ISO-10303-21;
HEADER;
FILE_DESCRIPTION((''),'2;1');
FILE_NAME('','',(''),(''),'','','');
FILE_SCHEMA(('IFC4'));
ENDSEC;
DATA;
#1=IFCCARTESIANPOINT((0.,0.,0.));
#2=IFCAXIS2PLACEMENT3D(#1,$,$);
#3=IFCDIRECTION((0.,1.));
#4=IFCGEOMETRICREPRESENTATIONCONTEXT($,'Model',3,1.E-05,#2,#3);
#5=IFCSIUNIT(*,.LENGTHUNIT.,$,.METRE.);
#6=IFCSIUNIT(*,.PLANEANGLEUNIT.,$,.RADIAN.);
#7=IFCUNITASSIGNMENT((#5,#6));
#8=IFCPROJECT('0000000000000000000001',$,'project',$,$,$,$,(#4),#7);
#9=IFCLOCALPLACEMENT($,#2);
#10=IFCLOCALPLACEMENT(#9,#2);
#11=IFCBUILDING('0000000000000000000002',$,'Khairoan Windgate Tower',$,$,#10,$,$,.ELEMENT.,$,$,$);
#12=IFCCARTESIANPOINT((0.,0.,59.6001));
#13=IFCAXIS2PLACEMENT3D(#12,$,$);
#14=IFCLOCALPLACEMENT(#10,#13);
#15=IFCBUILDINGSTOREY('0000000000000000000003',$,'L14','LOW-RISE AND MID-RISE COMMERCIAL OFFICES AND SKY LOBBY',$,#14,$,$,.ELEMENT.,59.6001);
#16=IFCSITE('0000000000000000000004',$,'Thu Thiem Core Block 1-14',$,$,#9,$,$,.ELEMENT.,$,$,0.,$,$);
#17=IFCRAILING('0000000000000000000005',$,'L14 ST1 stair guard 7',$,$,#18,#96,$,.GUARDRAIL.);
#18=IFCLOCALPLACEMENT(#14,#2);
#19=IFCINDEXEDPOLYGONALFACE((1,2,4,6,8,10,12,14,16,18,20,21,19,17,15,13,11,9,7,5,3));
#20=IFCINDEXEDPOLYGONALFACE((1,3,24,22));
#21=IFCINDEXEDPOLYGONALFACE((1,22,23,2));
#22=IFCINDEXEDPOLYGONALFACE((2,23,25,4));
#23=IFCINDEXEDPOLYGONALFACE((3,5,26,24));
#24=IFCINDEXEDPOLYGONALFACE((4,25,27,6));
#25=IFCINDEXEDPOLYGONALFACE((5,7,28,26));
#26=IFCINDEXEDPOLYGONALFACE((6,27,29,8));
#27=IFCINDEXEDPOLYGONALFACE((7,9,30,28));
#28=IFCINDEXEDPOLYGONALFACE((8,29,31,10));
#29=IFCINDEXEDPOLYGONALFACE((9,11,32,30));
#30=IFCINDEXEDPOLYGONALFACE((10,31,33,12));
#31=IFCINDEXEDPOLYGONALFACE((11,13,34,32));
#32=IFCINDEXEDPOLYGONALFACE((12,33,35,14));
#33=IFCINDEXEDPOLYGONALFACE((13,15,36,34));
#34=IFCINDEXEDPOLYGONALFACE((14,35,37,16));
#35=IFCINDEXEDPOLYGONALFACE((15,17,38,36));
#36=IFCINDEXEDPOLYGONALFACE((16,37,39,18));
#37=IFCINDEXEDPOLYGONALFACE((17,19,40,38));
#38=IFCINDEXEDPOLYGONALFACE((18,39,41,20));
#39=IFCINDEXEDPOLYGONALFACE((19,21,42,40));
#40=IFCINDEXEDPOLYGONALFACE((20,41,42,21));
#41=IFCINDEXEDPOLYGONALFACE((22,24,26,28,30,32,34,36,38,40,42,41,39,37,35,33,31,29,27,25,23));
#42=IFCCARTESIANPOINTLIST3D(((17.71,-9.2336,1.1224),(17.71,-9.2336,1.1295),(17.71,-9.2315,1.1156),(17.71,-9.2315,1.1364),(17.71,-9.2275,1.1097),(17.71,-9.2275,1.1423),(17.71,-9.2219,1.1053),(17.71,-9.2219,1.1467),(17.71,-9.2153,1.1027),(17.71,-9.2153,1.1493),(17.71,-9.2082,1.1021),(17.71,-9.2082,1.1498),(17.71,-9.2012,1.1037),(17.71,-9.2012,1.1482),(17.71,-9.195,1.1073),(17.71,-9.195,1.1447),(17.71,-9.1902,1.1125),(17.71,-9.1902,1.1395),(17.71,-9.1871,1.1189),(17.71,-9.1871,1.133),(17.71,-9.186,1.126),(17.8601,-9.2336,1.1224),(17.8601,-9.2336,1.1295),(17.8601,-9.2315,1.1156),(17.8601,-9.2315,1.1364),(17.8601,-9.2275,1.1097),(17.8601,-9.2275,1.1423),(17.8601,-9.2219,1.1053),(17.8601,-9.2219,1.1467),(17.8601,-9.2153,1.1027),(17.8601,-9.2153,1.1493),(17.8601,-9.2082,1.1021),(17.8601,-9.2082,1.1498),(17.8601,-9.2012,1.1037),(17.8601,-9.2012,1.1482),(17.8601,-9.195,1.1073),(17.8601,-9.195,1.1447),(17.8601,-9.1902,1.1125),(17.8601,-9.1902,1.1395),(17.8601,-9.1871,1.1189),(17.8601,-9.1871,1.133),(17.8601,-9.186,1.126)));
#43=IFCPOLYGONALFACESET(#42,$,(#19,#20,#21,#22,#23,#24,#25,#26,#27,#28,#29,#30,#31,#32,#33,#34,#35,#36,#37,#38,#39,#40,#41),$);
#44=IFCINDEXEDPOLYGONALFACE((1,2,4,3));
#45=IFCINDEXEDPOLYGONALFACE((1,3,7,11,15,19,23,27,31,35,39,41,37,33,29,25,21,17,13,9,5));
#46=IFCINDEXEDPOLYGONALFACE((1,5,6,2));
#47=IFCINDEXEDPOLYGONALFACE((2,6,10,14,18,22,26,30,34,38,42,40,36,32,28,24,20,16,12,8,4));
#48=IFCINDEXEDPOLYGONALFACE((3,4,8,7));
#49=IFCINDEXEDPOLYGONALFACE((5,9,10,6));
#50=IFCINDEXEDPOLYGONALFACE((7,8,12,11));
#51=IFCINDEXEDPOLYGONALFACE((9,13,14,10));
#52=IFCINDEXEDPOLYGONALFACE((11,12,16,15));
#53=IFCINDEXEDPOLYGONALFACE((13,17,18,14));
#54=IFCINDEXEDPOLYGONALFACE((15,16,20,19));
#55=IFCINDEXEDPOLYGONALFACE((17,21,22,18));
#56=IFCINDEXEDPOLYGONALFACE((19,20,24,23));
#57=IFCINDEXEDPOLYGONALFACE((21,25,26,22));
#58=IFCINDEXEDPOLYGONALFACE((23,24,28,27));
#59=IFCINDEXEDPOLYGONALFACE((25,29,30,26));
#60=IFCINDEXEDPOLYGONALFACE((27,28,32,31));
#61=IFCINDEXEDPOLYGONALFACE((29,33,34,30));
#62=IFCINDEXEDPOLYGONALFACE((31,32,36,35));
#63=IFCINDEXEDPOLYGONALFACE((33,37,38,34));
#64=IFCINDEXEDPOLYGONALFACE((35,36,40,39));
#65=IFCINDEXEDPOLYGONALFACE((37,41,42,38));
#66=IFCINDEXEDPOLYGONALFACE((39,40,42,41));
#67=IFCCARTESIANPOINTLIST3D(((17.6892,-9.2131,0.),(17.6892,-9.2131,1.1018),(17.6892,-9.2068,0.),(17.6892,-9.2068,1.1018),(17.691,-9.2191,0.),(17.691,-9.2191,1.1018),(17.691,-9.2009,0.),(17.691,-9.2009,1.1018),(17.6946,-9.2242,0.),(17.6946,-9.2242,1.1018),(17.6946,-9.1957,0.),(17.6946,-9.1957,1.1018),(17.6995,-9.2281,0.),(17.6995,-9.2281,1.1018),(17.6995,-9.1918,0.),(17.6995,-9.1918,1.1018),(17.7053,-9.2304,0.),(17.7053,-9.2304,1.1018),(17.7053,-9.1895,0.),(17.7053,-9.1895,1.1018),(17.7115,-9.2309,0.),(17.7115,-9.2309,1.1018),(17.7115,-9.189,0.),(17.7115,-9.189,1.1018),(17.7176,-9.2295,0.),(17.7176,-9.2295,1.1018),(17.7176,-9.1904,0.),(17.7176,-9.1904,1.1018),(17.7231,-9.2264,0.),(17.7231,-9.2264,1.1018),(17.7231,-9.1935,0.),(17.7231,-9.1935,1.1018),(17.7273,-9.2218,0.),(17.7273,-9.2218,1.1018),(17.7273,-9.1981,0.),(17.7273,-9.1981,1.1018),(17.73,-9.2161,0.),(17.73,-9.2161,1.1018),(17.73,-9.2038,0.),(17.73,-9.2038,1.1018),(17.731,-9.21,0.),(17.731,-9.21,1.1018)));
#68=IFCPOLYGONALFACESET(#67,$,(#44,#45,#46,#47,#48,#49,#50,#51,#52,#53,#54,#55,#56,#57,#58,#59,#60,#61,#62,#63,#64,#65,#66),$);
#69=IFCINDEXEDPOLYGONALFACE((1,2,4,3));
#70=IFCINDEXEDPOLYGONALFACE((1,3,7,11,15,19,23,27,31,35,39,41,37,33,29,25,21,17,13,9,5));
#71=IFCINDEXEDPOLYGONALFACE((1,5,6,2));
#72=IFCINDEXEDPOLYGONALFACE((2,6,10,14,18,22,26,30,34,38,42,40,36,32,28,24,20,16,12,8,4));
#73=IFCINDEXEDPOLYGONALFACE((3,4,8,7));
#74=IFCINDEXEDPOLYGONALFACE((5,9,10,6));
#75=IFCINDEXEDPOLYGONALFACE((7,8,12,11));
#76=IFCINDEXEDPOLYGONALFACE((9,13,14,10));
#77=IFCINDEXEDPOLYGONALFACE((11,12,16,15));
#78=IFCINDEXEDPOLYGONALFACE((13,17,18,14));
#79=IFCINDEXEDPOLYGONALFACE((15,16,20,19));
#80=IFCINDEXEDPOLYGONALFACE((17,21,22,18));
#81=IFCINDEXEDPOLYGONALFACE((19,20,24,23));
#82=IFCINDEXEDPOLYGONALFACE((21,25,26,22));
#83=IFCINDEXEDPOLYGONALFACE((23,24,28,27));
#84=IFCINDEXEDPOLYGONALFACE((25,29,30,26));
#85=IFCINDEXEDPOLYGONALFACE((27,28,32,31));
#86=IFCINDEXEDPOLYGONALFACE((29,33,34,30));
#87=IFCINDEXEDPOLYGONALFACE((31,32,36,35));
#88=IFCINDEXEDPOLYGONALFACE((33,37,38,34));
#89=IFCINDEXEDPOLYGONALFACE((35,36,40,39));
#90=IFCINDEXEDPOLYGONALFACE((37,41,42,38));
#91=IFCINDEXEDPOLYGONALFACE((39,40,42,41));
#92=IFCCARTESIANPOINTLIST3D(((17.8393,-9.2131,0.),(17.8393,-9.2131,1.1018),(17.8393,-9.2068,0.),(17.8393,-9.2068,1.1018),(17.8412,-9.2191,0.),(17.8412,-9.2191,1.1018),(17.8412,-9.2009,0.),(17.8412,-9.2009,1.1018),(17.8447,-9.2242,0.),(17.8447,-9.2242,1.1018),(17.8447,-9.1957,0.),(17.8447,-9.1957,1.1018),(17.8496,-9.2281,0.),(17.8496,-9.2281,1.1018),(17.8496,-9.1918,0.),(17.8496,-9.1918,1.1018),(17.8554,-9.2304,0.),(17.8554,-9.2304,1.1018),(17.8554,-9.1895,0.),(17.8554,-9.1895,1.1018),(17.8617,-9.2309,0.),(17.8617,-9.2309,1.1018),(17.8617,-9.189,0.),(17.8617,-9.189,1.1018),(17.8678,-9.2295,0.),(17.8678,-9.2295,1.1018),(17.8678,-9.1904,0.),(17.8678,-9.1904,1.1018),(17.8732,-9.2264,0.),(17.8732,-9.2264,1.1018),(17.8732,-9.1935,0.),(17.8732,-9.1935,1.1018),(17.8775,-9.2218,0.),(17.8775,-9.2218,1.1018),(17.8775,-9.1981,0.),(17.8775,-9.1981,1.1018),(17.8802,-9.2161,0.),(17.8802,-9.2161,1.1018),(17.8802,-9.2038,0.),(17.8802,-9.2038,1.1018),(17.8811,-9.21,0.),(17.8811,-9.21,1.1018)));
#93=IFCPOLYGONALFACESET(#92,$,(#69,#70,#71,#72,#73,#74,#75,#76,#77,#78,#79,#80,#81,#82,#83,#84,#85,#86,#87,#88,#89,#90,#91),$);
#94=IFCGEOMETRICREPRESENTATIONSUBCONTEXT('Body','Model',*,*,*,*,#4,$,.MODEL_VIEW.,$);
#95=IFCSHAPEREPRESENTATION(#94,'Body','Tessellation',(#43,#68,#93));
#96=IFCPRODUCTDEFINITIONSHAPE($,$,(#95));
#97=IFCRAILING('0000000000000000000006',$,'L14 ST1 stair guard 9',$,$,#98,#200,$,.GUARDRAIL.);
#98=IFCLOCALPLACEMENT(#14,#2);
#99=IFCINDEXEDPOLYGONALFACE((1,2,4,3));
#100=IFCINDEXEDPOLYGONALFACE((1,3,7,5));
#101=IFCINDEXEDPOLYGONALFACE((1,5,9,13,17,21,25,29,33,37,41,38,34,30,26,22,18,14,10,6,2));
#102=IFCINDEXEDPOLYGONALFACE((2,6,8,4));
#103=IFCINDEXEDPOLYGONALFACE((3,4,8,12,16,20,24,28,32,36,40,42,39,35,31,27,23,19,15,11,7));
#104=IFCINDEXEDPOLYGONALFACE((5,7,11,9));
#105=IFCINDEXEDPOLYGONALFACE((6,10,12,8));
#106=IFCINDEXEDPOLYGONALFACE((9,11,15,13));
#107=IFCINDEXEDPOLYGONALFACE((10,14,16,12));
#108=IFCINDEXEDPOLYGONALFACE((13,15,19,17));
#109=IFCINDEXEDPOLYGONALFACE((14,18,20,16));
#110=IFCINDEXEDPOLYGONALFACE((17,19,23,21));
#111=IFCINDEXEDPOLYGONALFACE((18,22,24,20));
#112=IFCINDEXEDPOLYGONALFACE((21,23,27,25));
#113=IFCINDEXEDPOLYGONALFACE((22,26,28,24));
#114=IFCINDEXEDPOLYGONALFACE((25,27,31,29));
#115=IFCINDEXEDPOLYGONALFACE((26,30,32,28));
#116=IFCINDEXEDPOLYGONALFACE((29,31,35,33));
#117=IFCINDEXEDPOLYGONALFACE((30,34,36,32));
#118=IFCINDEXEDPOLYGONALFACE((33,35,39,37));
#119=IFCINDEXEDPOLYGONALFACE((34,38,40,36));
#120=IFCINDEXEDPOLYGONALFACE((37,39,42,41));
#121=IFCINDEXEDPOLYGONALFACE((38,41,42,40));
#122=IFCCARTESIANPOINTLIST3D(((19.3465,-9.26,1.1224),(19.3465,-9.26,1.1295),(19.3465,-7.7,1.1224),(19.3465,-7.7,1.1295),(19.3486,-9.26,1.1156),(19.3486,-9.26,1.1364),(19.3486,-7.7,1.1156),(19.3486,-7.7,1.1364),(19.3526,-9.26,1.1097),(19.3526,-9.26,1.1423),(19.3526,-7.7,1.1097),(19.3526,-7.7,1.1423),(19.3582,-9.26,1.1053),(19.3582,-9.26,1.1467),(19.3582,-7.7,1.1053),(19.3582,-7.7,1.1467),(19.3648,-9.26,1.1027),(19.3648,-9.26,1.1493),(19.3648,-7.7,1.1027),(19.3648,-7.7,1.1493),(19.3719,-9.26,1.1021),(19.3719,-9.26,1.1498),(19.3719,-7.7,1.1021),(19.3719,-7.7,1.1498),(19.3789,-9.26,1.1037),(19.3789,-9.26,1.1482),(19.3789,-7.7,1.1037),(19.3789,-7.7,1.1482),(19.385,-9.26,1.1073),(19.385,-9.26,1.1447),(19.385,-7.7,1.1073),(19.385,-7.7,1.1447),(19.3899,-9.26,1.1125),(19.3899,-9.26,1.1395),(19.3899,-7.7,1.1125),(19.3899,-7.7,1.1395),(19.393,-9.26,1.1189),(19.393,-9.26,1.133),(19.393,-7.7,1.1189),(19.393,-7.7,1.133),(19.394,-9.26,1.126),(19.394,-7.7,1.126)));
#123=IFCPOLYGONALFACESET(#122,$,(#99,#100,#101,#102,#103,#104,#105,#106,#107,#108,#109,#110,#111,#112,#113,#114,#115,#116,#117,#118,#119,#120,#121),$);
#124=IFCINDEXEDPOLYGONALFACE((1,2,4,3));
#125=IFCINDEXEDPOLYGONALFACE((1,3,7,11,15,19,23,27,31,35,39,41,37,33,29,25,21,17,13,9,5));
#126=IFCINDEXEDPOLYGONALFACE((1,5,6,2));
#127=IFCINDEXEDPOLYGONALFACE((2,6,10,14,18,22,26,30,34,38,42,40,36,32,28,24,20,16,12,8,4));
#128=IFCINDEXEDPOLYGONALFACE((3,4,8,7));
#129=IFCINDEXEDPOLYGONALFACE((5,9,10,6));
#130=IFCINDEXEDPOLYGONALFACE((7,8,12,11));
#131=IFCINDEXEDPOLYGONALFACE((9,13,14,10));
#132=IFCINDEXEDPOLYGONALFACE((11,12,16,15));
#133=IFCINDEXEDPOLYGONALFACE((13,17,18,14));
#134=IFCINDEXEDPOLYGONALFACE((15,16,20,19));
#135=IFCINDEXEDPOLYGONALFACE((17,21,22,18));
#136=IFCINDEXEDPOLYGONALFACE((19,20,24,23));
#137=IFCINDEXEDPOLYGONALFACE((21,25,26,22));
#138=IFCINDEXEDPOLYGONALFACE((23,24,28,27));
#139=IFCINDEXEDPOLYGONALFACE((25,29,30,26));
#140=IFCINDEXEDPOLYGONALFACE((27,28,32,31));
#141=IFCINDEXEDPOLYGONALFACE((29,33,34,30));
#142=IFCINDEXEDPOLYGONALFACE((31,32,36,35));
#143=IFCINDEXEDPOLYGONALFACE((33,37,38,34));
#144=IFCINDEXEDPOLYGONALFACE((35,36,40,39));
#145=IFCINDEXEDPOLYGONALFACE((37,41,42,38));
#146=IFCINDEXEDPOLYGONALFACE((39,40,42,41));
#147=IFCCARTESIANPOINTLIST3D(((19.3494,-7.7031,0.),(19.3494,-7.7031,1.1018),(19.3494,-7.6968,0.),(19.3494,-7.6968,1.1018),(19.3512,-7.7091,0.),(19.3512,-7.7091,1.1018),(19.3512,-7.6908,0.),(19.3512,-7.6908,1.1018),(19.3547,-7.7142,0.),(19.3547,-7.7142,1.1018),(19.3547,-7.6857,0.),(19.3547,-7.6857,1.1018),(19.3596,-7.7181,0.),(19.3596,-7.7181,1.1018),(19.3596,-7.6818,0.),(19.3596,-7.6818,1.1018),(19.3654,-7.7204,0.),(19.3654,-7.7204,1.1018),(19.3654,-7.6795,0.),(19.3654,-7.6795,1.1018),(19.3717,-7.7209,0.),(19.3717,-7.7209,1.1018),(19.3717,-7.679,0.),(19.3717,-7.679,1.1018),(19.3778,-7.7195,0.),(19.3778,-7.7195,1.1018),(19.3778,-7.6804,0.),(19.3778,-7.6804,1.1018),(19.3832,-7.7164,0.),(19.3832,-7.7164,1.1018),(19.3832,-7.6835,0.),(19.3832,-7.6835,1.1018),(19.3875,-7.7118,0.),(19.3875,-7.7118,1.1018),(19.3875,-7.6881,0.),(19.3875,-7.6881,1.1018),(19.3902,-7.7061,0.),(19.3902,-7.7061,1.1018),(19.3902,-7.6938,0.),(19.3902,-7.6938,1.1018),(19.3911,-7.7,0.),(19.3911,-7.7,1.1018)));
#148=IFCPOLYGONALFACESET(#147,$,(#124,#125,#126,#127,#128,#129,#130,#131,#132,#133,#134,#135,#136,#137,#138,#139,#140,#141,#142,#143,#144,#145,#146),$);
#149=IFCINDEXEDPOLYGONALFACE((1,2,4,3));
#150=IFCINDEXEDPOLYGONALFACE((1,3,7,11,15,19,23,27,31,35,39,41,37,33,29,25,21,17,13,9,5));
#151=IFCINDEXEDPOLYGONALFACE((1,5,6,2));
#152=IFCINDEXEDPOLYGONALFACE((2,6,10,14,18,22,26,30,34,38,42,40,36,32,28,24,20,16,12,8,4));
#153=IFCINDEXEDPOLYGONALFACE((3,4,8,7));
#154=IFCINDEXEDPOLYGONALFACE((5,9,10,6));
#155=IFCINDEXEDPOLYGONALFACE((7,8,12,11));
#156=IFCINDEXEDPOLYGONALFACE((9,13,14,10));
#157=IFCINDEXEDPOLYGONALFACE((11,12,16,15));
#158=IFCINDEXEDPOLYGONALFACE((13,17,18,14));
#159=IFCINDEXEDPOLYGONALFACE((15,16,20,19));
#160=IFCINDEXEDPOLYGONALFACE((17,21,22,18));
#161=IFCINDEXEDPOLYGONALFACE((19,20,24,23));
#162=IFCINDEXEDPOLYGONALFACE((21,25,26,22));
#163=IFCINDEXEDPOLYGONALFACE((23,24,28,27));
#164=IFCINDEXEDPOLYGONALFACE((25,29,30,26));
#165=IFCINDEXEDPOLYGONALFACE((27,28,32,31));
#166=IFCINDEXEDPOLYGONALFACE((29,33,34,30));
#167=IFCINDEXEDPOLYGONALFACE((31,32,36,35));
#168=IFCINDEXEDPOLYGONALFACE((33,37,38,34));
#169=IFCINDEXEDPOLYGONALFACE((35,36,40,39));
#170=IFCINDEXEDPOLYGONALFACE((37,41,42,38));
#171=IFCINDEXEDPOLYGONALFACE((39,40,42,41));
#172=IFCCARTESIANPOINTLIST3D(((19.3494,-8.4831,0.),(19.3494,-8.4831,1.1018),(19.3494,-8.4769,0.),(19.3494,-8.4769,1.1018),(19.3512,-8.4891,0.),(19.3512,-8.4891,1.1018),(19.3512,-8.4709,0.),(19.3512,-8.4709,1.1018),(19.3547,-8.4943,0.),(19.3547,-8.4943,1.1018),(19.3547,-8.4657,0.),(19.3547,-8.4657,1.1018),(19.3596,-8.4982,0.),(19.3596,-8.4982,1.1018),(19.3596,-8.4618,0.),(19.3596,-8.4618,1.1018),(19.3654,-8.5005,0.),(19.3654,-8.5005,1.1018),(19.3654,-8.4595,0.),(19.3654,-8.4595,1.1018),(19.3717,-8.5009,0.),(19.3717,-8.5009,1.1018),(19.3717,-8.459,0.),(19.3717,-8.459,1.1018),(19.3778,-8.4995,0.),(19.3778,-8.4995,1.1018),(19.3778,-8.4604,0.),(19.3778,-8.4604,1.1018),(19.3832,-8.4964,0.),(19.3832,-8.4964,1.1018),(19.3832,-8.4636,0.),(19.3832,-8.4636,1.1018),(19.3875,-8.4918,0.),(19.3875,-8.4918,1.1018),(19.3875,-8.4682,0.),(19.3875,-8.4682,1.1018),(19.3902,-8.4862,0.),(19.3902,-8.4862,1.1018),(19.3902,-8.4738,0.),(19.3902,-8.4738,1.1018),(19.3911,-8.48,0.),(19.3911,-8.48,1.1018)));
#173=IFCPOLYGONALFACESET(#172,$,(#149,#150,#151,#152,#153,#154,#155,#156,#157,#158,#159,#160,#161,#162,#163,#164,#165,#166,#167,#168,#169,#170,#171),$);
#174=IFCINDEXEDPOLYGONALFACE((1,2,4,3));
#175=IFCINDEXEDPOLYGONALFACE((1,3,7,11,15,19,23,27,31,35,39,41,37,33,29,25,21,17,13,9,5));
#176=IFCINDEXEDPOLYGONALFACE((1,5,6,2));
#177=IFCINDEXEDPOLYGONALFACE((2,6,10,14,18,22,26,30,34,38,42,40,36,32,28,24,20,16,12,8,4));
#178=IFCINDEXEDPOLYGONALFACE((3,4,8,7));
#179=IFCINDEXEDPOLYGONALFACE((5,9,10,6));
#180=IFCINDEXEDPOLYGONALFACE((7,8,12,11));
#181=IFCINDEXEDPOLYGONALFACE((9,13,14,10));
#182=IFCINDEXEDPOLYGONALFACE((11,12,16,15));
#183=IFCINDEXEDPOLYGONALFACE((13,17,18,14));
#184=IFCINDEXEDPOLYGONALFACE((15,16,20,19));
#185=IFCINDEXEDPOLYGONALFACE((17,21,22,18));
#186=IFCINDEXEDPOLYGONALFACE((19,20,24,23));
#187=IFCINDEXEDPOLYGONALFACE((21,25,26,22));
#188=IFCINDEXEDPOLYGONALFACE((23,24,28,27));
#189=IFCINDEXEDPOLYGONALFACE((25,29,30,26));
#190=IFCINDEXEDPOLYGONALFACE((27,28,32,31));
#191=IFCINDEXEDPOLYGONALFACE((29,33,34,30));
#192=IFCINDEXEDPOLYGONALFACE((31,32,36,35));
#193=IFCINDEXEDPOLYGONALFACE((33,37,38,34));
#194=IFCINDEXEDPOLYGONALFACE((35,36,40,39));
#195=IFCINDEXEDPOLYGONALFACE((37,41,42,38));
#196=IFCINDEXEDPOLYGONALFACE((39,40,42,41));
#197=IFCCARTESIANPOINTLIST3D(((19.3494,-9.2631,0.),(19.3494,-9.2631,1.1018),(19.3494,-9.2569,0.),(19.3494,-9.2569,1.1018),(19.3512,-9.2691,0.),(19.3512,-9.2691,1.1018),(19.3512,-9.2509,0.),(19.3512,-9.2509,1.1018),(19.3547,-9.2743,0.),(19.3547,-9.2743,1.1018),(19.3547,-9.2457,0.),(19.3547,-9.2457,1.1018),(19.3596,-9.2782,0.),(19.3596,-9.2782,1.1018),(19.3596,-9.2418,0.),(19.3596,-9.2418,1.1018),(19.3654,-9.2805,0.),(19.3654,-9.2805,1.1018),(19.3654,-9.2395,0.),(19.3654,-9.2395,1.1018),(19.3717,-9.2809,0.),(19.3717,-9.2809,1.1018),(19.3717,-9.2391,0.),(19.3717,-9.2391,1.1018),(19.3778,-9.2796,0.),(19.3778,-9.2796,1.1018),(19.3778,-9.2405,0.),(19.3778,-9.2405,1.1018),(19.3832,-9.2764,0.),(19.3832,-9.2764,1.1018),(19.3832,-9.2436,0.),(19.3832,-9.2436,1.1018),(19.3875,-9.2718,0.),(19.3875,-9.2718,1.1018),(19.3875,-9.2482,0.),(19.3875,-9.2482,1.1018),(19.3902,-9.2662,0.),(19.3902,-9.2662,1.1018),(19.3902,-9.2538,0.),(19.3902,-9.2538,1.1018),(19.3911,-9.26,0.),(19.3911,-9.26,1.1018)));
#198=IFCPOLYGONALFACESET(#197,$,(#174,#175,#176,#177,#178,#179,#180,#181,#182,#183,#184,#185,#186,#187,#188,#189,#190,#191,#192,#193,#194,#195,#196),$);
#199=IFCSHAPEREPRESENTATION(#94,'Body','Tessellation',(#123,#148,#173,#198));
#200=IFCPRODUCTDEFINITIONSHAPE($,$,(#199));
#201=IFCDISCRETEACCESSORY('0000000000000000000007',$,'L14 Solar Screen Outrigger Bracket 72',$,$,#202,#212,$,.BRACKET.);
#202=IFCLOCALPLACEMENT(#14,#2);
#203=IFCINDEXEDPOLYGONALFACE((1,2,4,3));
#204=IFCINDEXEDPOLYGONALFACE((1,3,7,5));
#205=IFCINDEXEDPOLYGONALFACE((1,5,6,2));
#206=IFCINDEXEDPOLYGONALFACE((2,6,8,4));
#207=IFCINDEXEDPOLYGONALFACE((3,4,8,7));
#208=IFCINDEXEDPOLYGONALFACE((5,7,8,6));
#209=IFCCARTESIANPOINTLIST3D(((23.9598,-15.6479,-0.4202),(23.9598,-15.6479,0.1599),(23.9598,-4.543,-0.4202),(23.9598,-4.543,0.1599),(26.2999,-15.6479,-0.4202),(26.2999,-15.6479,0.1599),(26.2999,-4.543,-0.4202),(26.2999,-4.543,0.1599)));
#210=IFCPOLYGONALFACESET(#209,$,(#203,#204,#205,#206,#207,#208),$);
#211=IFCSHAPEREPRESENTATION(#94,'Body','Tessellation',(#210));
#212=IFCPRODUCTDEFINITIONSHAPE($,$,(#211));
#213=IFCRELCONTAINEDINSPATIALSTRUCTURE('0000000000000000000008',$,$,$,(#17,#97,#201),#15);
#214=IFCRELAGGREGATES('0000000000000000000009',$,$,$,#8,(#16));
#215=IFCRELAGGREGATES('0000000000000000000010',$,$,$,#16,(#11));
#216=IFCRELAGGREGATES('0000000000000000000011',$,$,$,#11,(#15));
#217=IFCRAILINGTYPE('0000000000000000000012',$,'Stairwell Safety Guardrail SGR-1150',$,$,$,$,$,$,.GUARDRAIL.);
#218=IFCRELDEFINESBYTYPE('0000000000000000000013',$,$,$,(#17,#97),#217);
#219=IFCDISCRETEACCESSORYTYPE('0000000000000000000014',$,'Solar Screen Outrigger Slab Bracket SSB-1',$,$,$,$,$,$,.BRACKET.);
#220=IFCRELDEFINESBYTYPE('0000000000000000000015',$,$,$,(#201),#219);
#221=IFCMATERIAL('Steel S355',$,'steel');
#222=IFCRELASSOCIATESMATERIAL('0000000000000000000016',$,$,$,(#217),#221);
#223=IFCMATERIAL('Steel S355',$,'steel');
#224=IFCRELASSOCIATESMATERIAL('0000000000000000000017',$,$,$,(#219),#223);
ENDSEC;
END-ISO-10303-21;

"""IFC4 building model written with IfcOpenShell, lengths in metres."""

from ifc_helpers import new_model, si_unit, direction, frame, origin, origin_2d, place, context, subcontext, project, spatial, rectangle, circle, extrude, material, type_object, element, save


model = new_model("IFC4")

# Units and contexts
model_context = context("Model", 3, precision=1e-05, world=origin(), true_north=direction((0.0, 1.0)))
body_context = subcontext(model_context, "Body", "Model", "MODEL_VIEW")
ifc_project = project(units=[si_unit("LENGTHUNIT", "METRE"), si_unit("PLANEANGLEUNIT", "RADIAN")], contexts=[model_context])

# Site, building, storey
site_placement = place(None, origin())
site = spatial("IfcSite", under=ifc_project, at=site_placement, Name="Thu Thiem Core Block 1-14", CompositionType="ELEMENT", RefElevation=0.0)
building_placement = place(site_placement, origin())
building = spatial("IfcBuilding", under=site, at=building_placement, Name="Khairoan Windgate Tower", CompositionType="ELEMENT")
storey_placement = place(building_placement, frame((0.0, 0.0, 59.6001)))
storey = spatial("IfcBuildingStorey", under=building, at=storey_placement, Name="L14", Description="LOW-RISE AND MID-RISE COMMERCIAL OFFICES AND SKY LOBBY", CompositionType="ELEMENT", Elevation=59.6001)

# Railings
ifc_material_1 = material(Name="Steel S355", Category="steel")
railing_type_1 = type_object("IfcRailingType", Name="Stairwell Safety Guardrail SGR-1150", PredefinedType="GUARDRAIL", material=ifc_material_1)
railing_1_placement = place(storey_placement, frame((17.71, -9.21, 0.0)))
element("IfcRailing", 1, at=railing_1_placement, inside=storey, type_object=railing_type_1, Name="L14 ST1 stair guard 7", PredefinedType="GUARDRAIL", context=body_context, shape_type="SweptSolid", body=[
    extrude(circle(Radius=0.0239, at=origin_2d()), frame((0.0, 0.0, 1.126), z_axis=(1.0, 0.0, 0.0), x_axis=(0.0, 1.0, 0.0)), (0.0, 0.0, 1.0), 0.1501),
    extrude(circle(Radius=0.021, at=origin_2d()), origin(), (0.0, 0.0, 1.0), 1.1018),
    extrude(circle(Radius=0.021, at=origin_2d()), frame((0.1501, 0.0, 0.0)), (0.0, 0.0, 1.0), 1.1018),
])
railing_2_placement = place(storey_placement, frame((19.3701, -7.7, 0.0)))
element("IfcRailing", 2, at=railing_2_placement, inside=storey, type_object=railing_type_1, Name="L14 ST1 stair guard 9", PredefinedType="GUARDRAIL", context=body_context, shape_type="SweptSolid", body=[
    extrude(circle(Radius=0.0239, at=origin_2d()), frame((0.0, 0.0, 1.126), z_axis=(0.0, -1.0, 0.0), x_axis=(1.0, 0.0, 0.0)), (0.0, 0.0, 1.0), 1.5601),
    extrude(circle(Radius=0.021, at=origin_2d()), origin(), (0.0, 0.0, 1.0), 1.1018),
    extrude(circle(Radius=0.021, at=origin_2d()), frame((0.0, -0.78, 0.0)), (0.0, 0.0, 1.0), 1.1018),
    extrude(circle(Radius=0.021, at=origin_2d()), frame((0.0, -1.5601, 0.0)), (0.0, 0.0, 1.0), 1.1018),
])

# Discrete accessory
ifc_material_2 = material(Name="Steel S355", Category="steel")
discrete_accessory_type = type_object("IfcDiscreteAccessoryType", Name="Solar Screen Outrigger Slab Bracket SSB-1", PredefinedType="BRACKET", material=ifc_material_2)
discrete_accessory_placement = place(storey_placement, frame((25.1299, -10.0955, -0.4202), z_axis=(0.0, 0.0, 1.0), x_axis=(0.0, -1.0, 0.0)))
element("IfcDiscreteAccessory", 3, at=discrete_accessory_placement, inside=storey, type_object=discrete_accessory_type, Name="L14 Solar Screen Outrigger Bracket 72", PredefinedType="BRACKET", context=body_context, shape_type="SweptSolid", body=[
    extrude(rectangle(XDim=11.105, YDim=2.3401, at=origin_2d()), origin(), (0.0, 0.0, 1.0), 0.5801),
])

save(model, "model.ifc")
